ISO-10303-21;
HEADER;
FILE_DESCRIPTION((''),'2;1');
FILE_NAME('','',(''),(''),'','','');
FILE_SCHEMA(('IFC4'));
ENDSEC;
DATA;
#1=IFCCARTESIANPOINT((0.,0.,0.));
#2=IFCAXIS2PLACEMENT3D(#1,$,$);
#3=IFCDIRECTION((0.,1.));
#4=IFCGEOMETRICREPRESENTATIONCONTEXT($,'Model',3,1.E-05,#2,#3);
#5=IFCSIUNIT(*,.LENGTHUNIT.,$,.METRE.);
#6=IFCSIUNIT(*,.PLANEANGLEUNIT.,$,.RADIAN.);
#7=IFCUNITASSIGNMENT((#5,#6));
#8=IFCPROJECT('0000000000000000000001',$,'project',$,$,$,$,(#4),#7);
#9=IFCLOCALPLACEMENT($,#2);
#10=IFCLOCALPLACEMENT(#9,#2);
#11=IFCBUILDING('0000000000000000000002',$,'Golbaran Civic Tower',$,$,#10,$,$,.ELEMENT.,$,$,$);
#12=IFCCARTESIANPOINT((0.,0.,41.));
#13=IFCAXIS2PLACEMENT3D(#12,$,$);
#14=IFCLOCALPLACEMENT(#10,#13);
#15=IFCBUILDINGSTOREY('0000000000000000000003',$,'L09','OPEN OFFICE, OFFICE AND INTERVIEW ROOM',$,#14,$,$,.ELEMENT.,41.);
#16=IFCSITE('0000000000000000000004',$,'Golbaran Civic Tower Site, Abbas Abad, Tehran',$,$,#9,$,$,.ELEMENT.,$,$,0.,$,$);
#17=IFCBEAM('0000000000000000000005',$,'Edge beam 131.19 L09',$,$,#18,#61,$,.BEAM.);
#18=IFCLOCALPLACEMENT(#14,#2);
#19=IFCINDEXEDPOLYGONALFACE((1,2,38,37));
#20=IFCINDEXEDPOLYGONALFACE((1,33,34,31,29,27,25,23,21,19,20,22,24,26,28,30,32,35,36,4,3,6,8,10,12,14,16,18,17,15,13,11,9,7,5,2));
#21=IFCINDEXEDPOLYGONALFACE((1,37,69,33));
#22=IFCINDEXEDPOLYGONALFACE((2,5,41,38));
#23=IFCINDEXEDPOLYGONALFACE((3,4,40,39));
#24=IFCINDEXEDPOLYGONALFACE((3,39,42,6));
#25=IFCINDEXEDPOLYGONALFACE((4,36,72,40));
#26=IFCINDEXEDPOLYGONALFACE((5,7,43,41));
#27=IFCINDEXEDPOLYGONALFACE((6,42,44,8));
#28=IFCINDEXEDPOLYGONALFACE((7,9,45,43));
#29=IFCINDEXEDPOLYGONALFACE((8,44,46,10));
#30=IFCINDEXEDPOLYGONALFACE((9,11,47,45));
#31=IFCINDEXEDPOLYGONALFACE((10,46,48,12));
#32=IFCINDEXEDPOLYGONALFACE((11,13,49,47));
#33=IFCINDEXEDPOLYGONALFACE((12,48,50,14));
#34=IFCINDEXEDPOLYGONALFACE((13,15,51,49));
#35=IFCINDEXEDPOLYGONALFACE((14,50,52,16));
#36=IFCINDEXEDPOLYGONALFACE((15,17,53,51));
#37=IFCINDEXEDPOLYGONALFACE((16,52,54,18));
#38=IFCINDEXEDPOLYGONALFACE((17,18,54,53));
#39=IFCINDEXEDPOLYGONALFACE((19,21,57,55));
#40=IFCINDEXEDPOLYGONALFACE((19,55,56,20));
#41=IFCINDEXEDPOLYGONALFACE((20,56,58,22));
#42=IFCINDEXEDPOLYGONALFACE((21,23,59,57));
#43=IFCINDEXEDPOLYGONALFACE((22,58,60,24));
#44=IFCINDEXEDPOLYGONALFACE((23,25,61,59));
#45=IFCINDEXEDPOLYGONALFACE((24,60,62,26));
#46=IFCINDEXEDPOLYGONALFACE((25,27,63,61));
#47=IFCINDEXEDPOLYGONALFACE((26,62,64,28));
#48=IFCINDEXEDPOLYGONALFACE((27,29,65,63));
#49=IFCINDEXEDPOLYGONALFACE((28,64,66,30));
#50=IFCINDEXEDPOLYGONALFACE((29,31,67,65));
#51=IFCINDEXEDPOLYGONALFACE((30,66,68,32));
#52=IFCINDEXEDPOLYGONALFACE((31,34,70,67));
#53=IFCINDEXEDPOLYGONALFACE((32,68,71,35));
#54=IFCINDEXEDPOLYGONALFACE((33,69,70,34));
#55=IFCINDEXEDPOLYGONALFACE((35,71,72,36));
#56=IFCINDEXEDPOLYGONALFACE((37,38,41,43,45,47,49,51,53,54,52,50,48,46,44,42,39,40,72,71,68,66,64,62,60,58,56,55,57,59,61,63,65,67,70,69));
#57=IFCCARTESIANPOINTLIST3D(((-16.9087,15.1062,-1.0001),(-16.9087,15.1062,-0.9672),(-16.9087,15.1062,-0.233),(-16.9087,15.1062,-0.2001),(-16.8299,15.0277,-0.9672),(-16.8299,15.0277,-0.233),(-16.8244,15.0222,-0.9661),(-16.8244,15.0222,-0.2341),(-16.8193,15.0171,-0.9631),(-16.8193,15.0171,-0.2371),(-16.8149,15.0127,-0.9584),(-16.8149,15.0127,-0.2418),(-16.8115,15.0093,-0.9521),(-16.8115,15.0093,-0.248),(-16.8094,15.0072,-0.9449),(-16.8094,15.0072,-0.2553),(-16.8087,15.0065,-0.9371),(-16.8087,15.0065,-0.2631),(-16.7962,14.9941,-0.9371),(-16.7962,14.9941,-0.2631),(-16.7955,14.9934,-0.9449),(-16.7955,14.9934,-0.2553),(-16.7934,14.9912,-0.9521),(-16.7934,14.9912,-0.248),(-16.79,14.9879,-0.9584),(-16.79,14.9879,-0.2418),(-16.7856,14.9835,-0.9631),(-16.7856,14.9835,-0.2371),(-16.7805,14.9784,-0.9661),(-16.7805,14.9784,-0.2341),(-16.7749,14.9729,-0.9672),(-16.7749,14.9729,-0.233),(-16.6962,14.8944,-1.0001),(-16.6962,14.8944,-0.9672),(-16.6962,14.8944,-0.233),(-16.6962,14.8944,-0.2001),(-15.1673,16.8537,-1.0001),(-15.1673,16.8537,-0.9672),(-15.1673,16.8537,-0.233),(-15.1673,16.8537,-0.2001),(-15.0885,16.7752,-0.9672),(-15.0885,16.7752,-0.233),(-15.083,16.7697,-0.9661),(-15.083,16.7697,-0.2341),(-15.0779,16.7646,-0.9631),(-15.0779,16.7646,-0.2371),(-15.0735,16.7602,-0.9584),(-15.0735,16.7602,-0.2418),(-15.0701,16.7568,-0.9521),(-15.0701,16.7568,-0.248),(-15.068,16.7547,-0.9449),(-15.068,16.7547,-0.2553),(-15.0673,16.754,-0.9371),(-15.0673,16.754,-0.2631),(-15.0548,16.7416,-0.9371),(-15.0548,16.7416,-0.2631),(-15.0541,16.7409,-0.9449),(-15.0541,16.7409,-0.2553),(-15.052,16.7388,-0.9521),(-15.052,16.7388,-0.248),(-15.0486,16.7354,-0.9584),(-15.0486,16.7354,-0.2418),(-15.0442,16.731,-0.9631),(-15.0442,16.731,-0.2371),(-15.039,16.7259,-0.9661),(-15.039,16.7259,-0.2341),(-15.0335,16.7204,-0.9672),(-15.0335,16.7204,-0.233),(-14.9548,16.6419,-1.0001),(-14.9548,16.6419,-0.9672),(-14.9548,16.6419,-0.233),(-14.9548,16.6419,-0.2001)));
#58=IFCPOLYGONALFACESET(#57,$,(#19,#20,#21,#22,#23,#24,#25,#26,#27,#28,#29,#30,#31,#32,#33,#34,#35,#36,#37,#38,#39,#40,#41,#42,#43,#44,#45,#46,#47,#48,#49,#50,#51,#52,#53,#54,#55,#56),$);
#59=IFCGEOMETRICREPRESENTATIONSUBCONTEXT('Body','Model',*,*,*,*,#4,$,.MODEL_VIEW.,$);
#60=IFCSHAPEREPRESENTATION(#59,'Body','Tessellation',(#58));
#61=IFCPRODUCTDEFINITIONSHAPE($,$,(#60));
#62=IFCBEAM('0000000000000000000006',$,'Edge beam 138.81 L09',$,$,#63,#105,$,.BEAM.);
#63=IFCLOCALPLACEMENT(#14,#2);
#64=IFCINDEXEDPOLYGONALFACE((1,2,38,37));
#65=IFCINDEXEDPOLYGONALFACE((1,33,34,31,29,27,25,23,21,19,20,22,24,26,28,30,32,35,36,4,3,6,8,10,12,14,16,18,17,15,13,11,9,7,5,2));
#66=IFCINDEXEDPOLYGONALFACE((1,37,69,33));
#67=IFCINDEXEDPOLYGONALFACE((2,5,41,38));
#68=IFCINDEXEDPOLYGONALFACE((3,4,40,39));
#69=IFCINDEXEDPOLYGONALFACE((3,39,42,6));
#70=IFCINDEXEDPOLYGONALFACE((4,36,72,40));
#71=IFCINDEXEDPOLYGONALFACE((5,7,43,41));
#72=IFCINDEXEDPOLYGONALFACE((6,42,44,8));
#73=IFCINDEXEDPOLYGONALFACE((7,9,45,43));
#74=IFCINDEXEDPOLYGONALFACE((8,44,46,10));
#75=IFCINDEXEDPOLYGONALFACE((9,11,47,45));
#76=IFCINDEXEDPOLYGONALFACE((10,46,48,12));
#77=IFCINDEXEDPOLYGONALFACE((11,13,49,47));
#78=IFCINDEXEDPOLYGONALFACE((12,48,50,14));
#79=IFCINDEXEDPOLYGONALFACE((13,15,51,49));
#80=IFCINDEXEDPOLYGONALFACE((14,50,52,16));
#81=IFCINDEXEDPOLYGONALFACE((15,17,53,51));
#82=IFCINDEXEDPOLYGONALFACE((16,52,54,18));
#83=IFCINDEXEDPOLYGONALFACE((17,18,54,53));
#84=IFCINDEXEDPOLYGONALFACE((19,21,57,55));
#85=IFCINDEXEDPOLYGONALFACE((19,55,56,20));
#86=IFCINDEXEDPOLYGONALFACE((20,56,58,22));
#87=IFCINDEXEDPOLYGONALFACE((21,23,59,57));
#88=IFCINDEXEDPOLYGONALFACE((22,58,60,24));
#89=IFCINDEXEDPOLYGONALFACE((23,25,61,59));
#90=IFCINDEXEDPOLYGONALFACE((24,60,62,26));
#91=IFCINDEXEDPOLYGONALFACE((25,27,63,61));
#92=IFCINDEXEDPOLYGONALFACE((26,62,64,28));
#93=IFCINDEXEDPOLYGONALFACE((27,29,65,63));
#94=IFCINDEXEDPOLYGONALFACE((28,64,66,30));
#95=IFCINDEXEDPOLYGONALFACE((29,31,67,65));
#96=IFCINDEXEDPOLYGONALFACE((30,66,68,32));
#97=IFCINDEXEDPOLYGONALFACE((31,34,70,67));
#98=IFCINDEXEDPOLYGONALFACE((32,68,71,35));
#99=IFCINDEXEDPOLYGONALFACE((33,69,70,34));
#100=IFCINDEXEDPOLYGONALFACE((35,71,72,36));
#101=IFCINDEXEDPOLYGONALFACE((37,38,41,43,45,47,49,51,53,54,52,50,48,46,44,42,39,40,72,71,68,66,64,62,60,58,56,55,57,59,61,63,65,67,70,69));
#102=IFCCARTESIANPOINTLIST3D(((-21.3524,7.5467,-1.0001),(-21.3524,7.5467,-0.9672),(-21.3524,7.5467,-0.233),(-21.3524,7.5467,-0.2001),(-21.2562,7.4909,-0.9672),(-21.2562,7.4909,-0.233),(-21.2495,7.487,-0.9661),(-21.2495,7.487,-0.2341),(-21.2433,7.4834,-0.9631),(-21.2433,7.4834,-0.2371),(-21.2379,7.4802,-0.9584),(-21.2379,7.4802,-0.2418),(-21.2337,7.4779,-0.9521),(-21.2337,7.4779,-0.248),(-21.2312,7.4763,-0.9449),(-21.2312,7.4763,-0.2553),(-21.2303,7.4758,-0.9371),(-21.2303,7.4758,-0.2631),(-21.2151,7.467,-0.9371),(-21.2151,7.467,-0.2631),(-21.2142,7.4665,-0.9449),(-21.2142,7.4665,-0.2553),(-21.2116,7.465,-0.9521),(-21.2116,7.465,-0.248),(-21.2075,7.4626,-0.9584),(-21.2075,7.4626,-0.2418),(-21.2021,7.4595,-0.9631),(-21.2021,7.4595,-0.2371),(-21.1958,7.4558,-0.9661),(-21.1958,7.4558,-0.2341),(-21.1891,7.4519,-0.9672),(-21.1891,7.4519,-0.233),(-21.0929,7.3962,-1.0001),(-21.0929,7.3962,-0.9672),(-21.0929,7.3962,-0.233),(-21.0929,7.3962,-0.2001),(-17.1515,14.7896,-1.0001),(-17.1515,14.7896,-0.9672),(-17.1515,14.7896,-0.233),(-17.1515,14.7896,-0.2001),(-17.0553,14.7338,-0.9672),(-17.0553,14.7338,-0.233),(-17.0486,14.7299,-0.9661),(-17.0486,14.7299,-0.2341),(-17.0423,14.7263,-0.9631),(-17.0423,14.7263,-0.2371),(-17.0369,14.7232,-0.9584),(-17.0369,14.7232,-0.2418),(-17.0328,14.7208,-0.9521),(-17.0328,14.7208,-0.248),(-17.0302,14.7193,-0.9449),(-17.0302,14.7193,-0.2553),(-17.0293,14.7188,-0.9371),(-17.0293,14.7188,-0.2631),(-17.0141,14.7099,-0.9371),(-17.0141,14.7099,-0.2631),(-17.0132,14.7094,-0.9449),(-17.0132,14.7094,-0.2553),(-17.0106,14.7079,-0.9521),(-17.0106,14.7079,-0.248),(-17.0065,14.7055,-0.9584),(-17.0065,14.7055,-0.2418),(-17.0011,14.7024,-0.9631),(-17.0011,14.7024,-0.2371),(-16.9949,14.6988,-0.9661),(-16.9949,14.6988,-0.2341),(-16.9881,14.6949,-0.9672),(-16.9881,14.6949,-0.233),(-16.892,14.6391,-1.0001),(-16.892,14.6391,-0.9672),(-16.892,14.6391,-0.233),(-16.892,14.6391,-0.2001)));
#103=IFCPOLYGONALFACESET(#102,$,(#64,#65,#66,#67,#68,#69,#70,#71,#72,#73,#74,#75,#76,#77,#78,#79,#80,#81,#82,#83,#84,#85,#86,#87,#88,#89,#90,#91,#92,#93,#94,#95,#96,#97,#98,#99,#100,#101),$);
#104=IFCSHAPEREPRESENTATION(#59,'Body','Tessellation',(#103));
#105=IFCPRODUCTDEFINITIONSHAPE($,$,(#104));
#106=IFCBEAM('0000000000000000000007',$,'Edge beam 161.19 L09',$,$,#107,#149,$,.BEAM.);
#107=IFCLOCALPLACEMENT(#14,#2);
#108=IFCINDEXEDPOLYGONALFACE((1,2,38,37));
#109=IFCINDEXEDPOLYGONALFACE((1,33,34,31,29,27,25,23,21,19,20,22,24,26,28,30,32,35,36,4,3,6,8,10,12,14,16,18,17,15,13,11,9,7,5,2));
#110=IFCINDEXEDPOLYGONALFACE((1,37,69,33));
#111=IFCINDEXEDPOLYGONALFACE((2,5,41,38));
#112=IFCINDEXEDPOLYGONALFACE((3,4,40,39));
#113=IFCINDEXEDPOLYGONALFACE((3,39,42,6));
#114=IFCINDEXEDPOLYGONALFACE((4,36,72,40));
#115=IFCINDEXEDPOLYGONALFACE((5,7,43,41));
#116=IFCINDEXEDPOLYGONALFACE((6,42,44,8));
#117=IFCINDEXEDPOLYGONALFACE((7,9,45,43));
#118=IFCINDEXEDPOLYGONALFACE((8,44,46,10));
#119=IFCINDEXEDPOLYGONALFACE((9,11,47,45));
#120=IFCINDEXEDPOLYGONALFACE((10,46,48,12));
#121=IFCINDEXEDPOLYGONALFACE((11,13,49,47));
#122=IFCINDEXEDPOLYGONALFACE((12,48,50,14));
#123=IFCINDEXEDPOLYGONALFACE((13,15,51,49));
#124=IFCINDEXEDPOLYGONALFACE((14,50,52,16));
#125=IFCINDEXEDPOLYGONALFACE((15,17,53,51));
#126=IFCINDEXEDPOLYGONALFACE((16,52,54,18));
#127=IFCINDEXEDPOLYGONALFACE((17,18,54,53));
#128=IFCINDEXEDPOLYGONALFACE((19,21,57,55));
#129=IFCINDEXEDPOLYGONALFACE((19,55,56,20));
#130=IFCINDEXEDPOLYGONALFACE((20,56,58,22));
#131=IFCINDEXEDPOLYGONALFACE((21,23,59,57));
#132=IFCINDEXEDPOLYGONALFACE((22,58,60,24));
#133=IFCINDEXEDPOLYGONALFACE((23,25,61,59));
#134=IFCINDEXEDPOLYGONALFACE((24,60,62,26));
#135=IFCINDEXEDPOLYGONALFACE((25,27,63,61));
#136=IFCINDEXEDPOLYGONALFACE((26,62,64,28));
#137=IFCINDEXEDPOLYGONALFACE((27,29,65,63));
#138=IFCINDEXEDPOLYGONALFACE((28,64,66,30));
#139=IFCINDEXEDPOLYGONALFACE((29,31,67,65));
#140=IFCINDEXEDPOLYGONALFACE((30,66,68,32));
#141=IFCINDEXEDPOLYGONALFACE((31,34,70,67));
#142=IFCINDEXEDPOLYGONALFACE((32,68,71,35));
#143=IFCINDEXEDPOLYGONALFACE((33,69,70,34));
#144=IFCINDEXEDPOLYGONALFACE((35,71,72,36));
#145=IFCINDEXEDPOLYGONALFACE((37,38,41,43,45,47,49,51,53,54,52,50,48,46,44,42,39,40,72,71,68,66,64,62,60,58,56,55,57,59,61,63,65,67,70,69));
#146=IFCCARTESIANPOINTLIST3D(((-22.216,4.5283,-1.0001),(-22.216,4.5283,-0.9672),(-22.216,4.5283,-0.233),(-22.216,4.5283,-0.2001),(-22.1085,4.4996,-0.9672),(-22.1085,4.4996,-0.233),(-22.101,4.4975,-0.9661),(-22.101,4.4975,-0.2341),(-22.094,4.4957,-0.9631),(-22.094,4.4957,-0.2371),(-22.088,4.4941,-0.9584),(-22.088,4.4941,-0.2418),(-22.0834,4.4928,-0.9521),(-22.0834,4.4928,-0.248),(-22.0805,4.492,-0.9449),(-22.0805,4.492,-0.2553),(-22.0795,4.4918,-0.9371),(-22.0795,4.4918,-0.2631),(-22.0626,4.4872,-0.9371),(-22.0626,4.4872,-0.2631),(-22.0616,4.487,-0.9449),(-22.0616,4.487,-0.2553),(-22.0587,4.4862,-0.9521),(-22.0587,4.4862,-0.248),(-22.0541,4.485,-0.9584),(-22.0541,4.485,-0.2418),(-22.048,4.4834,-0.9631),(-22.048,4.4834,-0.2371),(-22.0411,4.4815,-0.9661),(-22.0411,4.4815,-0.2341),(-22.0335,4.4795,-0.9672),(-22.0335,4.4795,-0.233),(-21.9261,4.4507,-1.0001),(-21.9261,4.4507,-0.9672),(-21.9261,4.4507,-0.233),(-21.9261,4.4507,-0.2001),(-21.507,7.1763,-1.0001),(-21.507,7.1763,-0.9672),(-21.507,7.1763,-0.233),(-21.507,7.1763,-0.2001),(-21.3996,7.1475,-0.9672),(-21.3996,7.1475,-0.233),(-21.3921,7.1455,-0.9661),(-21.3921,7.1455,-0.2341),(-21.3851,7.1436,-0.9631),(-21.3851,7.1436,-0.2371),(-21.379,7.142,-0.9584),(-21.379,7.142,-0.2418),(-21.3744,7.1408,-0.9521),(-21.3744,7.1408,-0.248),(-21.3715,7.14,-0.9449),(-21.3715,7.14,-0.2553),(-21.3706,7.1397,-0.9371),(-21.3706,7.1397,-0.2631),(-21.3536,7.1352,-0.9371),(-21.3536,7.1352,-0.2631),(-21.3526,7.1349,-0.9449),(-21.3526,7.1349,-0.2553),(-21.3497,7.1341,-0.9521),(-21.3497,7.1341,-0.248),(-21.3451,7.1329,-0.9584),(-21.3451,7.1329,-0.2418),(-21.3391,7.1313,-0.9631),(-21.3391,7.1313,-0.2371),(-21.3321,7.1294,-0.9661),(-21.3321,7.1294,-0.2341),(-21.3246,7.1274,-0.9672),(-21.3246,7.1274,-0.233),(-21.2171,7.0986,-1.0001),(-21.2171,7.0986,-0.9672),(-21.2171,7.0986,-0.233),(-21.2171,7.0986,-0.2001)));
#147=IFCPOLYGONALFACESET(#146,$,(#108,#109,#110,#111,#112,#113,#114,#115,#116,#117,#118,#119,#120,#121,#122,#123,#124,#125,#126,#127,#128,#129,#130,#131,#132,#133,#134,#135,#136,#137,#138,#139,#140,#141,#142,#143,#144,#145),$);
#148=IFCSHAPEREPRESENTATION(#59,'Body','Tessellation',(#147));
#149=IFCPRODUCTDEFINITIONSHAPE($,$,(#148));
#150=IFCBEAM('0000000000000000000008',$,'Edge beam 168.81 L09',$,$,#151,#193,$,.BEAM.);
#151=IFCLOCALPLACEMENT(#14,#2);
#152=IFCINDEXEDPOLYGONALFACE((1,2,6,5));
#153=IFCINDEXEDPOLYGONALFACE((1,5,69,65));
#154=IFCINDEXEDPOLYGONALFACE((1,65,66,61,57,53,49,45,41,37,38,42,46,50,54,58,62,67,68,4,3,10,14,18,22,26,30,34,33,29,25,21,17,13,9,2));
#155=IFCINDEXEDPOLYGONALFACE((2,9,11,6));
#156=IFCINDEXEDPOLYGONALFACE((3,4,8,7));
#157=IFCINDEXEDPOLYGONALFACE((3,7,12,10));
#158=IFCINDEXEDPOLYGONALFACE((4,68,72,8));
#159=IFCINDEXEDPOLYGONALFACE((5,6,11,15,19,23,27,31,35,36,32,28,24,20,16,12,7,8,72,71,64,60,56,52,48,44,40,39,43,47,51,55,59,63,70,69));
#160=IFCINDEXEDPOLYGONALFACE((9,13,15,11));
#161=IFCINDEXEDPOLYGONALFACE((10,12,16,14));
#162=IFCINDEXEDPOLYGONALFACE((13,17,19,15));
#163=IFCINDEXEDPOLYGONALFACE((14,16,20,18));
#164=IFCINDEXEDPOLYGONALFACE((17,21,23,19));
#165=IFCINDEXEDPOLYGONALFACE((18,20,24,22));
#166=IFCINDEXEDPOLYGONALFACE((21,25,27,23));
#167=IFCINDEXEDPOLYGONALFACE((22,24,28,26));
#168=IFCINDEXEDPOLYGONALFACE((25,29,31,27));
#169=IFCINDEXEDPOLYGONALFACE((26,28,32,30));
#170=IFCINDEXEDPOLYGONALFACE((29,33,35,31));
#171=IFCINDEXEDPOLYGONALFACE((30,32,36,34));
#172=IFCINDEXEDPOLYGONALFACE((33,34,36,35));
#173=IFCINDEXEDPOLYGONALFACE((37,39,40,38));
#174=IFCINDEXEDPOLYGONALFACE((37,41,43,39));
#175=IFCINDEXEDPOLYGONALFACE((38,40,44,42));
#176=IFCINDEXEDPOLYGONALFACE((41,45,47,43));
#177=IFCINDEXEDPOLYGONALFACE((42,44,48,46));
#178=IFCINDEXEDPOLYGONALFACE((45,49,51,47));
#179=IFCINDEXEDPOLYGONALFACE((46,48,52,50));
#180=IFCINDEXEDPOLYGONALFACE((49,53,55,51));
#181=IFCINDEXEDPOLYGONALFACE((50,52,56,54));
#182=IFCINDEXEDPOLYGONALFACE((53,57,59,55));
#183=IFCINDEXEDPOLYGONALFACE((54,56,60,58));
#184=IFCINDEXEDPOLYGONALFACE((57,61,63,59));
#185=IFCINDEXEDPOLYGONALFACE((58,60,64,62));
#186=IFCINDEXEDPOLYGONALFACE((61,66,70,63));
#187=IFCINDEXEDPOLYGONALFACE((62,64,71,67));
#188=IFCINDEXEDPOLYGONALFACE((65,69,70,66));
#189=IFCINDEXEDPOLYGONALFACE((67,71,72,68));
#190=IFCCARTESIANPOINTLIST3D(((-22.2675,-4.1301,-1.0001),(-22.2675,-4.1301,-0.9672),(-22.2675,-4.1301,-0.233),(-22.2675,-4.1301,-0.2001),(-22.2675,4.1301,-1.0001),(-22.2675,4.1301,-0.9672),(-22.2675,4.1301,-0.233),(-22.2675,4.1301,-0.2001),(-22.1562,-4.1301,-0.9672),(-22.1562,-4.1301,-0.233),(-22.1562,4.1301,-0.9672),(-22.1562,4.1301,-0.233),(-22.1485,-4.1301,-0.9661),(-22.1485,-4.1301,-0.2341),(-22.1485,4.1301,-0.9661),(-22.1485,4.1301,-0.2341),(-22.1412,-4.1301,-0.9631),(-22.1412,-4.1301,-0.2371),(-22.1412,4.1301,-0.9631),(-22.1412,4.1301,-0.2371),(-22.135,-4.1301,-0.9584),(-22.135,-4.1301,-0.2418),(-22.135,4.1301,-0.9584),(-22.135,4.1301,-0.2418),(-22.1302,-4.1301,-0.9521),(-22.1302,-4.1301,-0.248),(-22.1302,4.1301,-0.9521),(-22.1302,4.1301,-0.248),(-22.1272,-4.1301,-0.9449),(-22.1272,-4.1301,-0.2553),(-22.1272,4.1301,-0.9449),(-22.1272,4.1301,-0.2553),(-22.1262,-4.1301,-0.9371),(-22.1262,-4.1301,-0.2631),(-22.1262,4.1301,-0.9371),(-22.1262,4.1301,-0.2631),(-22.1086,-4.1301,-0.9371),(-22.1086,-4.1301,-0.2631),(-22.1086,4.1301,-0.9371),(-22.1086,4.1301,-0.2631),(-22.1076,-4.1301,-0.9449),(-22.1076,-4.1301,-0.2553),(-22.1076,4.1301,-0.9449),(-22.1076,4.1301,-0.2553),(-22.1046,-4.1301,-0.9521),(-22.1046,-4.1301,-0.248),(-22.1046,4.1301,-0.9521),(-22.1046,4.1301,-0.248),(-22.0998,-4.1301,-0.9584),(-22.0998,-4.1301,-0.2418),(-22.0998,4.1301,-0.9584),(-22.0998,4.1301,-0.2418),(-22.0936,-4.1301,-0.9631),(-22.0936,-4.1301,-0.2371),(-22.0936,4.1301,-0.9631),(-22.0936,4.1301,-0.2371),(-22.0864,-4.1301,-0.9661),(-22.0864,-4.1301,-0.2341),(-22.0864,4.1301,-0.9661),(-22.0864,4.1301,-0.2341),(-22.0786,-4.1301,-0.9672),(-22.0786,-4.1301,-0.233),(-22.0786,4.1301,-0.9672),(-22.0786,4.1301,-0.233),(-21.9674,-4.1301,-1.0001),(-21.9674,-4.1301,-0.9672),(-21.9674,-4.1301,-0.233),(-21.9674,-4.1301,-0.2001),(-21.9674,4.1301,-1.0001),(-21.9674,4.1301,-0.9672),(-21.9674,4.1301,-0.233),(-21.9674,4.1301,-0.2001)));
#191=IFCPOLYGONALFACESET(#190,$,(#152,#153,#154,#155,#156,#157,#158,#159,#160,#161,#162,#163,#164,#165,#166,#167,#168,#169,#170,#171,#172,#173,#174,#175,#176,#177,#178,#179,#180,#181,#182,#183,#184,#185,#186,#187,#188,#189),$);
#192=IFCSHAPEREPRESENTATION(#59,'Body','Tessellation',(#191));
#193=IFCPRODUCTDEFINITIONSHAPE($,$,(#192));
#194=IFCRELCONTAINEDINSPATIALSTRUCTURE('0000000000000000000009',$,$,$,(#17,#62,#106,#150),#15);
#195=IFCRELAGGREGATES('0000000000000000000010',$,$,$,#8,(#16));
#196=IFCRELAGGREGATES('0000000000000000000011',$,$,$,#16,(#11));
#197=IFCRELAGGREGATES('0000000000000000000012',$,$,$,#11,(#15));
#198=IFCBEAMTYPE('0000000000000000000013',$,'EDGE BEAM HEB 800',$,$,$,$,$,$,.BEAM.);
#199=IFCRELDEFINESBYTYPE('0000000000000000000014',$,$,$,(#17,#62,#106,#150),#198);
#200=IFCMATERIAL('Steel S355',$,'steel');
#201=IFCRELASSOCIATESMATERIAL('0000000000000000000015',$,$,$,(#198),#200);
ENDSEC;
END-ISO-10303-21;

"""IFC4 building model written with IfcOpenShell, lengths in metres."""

from ifc_helpers import new_model, si_unit, direction, frame, origin, origin_2d, place, context, subcontext, project, spatial, i_section, extrude, material, material_profile, profile_set, type_object, element, save


model = new_model("IFC4")

# Units and contexts
model_context = context("Model", 3, precision=1e-05, world=origin(), true_north=direction((0.0, 1.0)))
body_context = subcontext(model_context, "Body", "Model", "MODEL_VIEW")
ifc_project = project(units=[si_unit("LENGTHUNIT", "METRE"), si_unit("PLANEANGLEUNIT", "RADIAN")], contexts=[model_context])

# Site, building, storey
site_placement = place(None, origin())
site = spatial("IfcSite", under=ifc_project, at=site_placement, Name="Golbaran Civic Tower Site, Abbas Abad, Tehran", CompositionType="ELEMENT", RefElevation=0.0)
building_placement = place(site_placement, origin())
building = spatial("IfcBuilding", under=site, at=building_placement, Name="Golbaran Civic Tower", CompositionType="ELEMENT")
storey_placement = place(building_placement, frame((0.0, 0.0, 41.0)))
storey = spatial("IfcBuildingStorey", under=building, at=storey_placement, Name="L09", Description="OPEN OFFICE, OFFICE AND INTERVIEW ROOM", CompositionType="ELEMENT", Elevation=41.0)

# Beams
ifc_material_1 = material(Name="Steel S355", Category="steel")
ifc_material_profile_1 = material_profile(ifc_material_1, i_section(OverallWidth=0.3, OverallDepth=0.8, WebThickness=0.0176, FlangeThickness=0.033, FilletRadius=0.03, at=origin_2d()), Name="HEB 800")
ifc_profile_set_1 = profile_set([ifc_material_profile_1], Name="Steel S355")
beam_type_1 = type_object("IfcBeamType", Name="EDGE BEAM HEB 800", PredefinedType="BEAM", material=ifc_profile_set_1)
beam_1_placement = place(storey_placement, frame((-15.061, 16.7478, -0.6001), z_axis=(-0.705869, -0.708343, 0.0), x_axis=(0.708343, -0.705869, 0.0)))
element("IfcBeam", 1, at=beam_1_placement, inside=storey, type_object=beam_type_1, Name="Edge beam 131.19 L09", PredefinedType="BEAM", context=body_context, shape_type="SweptSolid", body=[
    extrude(i_section(OverallWidth=0.3, OverallDepth=0.8, WebThickness=0.0176, FlangeThickness=0.033, FilletRadius=0.03, at=origin_2d()), origin(), (0.0, 0.0, 1.0), 2.467),
])
beam_2_placement = place(storey_placement, frame((-17.0217, 14.7144, -0.6001), z_axis=(-0.501721, -0.865029, 0.0), x_axis=(0.865029, -0.501721, 0.0)))
element("IfcBeam", 2, at=beam_2_placement, inside=storey, type_object=beam_type_1, Name="Edge beam 138.81 L09", PredefinedType="BEAM", context=body_context, shape_type="SweptSolid", body=[
    extrude(i_section(OverallWidth=0.3, OverallDepth=0.8, WebThickness=0.0176, FlangeThickness=0.033, FilletRadius=0.03, at=origin_2d()), origin(), (0.0, 0.0, 1.0), 8.373),
])
beam_3_placement = place(storey_placement, frame((-21.3621, 7.1375, -0.6001), z_axis=(-0.258638, -0.965974, 0.0), x_axis=(0.965974, -0.258638, 0.0)))
element("IfcBeam", 3, at=beam_3_placement, inside=storey, type_object=beam_type_1, Name="Edge beam 161.19 L09", PredefinedType="BEAM", context=body_context, shape_type="SweptSolid", body=[
    extrude(i_section(OverallWidth=0.3, OverallDepth=0.8, WebThickness=0.0176, FlangeThickness=0.033, FilletRadius=0.03, at=origin_2d()), origin(), (0.0, 0.0, 1.0), 2.7412),
])
beam_4_placement = place(storey_placement, frame((-22.1174, 4.1301, -0.6001), z_axis=(0.0, -1.0, 0.0), x_axis=(1.0, 0.0, 0.0)))
element("IfcBeam", 4, at=beam_4_placement, inside=storey, type_object=beam_type_1, Name="Edge beam 168.81 L09", PredefinedType="BEAM", context=body_context, shape_type="SweptSolid", body=[
    extrude(i_section(OverallWidth=0.3, OverallDepth=0.8, WebThickness=0.0176, FlangeThickness=0.033, FilletRadius=0.03, at=origin_2d()), origin(), (0.0, 0.0, 1.0), 8.2603),
])

save(model, "model.ifc")
